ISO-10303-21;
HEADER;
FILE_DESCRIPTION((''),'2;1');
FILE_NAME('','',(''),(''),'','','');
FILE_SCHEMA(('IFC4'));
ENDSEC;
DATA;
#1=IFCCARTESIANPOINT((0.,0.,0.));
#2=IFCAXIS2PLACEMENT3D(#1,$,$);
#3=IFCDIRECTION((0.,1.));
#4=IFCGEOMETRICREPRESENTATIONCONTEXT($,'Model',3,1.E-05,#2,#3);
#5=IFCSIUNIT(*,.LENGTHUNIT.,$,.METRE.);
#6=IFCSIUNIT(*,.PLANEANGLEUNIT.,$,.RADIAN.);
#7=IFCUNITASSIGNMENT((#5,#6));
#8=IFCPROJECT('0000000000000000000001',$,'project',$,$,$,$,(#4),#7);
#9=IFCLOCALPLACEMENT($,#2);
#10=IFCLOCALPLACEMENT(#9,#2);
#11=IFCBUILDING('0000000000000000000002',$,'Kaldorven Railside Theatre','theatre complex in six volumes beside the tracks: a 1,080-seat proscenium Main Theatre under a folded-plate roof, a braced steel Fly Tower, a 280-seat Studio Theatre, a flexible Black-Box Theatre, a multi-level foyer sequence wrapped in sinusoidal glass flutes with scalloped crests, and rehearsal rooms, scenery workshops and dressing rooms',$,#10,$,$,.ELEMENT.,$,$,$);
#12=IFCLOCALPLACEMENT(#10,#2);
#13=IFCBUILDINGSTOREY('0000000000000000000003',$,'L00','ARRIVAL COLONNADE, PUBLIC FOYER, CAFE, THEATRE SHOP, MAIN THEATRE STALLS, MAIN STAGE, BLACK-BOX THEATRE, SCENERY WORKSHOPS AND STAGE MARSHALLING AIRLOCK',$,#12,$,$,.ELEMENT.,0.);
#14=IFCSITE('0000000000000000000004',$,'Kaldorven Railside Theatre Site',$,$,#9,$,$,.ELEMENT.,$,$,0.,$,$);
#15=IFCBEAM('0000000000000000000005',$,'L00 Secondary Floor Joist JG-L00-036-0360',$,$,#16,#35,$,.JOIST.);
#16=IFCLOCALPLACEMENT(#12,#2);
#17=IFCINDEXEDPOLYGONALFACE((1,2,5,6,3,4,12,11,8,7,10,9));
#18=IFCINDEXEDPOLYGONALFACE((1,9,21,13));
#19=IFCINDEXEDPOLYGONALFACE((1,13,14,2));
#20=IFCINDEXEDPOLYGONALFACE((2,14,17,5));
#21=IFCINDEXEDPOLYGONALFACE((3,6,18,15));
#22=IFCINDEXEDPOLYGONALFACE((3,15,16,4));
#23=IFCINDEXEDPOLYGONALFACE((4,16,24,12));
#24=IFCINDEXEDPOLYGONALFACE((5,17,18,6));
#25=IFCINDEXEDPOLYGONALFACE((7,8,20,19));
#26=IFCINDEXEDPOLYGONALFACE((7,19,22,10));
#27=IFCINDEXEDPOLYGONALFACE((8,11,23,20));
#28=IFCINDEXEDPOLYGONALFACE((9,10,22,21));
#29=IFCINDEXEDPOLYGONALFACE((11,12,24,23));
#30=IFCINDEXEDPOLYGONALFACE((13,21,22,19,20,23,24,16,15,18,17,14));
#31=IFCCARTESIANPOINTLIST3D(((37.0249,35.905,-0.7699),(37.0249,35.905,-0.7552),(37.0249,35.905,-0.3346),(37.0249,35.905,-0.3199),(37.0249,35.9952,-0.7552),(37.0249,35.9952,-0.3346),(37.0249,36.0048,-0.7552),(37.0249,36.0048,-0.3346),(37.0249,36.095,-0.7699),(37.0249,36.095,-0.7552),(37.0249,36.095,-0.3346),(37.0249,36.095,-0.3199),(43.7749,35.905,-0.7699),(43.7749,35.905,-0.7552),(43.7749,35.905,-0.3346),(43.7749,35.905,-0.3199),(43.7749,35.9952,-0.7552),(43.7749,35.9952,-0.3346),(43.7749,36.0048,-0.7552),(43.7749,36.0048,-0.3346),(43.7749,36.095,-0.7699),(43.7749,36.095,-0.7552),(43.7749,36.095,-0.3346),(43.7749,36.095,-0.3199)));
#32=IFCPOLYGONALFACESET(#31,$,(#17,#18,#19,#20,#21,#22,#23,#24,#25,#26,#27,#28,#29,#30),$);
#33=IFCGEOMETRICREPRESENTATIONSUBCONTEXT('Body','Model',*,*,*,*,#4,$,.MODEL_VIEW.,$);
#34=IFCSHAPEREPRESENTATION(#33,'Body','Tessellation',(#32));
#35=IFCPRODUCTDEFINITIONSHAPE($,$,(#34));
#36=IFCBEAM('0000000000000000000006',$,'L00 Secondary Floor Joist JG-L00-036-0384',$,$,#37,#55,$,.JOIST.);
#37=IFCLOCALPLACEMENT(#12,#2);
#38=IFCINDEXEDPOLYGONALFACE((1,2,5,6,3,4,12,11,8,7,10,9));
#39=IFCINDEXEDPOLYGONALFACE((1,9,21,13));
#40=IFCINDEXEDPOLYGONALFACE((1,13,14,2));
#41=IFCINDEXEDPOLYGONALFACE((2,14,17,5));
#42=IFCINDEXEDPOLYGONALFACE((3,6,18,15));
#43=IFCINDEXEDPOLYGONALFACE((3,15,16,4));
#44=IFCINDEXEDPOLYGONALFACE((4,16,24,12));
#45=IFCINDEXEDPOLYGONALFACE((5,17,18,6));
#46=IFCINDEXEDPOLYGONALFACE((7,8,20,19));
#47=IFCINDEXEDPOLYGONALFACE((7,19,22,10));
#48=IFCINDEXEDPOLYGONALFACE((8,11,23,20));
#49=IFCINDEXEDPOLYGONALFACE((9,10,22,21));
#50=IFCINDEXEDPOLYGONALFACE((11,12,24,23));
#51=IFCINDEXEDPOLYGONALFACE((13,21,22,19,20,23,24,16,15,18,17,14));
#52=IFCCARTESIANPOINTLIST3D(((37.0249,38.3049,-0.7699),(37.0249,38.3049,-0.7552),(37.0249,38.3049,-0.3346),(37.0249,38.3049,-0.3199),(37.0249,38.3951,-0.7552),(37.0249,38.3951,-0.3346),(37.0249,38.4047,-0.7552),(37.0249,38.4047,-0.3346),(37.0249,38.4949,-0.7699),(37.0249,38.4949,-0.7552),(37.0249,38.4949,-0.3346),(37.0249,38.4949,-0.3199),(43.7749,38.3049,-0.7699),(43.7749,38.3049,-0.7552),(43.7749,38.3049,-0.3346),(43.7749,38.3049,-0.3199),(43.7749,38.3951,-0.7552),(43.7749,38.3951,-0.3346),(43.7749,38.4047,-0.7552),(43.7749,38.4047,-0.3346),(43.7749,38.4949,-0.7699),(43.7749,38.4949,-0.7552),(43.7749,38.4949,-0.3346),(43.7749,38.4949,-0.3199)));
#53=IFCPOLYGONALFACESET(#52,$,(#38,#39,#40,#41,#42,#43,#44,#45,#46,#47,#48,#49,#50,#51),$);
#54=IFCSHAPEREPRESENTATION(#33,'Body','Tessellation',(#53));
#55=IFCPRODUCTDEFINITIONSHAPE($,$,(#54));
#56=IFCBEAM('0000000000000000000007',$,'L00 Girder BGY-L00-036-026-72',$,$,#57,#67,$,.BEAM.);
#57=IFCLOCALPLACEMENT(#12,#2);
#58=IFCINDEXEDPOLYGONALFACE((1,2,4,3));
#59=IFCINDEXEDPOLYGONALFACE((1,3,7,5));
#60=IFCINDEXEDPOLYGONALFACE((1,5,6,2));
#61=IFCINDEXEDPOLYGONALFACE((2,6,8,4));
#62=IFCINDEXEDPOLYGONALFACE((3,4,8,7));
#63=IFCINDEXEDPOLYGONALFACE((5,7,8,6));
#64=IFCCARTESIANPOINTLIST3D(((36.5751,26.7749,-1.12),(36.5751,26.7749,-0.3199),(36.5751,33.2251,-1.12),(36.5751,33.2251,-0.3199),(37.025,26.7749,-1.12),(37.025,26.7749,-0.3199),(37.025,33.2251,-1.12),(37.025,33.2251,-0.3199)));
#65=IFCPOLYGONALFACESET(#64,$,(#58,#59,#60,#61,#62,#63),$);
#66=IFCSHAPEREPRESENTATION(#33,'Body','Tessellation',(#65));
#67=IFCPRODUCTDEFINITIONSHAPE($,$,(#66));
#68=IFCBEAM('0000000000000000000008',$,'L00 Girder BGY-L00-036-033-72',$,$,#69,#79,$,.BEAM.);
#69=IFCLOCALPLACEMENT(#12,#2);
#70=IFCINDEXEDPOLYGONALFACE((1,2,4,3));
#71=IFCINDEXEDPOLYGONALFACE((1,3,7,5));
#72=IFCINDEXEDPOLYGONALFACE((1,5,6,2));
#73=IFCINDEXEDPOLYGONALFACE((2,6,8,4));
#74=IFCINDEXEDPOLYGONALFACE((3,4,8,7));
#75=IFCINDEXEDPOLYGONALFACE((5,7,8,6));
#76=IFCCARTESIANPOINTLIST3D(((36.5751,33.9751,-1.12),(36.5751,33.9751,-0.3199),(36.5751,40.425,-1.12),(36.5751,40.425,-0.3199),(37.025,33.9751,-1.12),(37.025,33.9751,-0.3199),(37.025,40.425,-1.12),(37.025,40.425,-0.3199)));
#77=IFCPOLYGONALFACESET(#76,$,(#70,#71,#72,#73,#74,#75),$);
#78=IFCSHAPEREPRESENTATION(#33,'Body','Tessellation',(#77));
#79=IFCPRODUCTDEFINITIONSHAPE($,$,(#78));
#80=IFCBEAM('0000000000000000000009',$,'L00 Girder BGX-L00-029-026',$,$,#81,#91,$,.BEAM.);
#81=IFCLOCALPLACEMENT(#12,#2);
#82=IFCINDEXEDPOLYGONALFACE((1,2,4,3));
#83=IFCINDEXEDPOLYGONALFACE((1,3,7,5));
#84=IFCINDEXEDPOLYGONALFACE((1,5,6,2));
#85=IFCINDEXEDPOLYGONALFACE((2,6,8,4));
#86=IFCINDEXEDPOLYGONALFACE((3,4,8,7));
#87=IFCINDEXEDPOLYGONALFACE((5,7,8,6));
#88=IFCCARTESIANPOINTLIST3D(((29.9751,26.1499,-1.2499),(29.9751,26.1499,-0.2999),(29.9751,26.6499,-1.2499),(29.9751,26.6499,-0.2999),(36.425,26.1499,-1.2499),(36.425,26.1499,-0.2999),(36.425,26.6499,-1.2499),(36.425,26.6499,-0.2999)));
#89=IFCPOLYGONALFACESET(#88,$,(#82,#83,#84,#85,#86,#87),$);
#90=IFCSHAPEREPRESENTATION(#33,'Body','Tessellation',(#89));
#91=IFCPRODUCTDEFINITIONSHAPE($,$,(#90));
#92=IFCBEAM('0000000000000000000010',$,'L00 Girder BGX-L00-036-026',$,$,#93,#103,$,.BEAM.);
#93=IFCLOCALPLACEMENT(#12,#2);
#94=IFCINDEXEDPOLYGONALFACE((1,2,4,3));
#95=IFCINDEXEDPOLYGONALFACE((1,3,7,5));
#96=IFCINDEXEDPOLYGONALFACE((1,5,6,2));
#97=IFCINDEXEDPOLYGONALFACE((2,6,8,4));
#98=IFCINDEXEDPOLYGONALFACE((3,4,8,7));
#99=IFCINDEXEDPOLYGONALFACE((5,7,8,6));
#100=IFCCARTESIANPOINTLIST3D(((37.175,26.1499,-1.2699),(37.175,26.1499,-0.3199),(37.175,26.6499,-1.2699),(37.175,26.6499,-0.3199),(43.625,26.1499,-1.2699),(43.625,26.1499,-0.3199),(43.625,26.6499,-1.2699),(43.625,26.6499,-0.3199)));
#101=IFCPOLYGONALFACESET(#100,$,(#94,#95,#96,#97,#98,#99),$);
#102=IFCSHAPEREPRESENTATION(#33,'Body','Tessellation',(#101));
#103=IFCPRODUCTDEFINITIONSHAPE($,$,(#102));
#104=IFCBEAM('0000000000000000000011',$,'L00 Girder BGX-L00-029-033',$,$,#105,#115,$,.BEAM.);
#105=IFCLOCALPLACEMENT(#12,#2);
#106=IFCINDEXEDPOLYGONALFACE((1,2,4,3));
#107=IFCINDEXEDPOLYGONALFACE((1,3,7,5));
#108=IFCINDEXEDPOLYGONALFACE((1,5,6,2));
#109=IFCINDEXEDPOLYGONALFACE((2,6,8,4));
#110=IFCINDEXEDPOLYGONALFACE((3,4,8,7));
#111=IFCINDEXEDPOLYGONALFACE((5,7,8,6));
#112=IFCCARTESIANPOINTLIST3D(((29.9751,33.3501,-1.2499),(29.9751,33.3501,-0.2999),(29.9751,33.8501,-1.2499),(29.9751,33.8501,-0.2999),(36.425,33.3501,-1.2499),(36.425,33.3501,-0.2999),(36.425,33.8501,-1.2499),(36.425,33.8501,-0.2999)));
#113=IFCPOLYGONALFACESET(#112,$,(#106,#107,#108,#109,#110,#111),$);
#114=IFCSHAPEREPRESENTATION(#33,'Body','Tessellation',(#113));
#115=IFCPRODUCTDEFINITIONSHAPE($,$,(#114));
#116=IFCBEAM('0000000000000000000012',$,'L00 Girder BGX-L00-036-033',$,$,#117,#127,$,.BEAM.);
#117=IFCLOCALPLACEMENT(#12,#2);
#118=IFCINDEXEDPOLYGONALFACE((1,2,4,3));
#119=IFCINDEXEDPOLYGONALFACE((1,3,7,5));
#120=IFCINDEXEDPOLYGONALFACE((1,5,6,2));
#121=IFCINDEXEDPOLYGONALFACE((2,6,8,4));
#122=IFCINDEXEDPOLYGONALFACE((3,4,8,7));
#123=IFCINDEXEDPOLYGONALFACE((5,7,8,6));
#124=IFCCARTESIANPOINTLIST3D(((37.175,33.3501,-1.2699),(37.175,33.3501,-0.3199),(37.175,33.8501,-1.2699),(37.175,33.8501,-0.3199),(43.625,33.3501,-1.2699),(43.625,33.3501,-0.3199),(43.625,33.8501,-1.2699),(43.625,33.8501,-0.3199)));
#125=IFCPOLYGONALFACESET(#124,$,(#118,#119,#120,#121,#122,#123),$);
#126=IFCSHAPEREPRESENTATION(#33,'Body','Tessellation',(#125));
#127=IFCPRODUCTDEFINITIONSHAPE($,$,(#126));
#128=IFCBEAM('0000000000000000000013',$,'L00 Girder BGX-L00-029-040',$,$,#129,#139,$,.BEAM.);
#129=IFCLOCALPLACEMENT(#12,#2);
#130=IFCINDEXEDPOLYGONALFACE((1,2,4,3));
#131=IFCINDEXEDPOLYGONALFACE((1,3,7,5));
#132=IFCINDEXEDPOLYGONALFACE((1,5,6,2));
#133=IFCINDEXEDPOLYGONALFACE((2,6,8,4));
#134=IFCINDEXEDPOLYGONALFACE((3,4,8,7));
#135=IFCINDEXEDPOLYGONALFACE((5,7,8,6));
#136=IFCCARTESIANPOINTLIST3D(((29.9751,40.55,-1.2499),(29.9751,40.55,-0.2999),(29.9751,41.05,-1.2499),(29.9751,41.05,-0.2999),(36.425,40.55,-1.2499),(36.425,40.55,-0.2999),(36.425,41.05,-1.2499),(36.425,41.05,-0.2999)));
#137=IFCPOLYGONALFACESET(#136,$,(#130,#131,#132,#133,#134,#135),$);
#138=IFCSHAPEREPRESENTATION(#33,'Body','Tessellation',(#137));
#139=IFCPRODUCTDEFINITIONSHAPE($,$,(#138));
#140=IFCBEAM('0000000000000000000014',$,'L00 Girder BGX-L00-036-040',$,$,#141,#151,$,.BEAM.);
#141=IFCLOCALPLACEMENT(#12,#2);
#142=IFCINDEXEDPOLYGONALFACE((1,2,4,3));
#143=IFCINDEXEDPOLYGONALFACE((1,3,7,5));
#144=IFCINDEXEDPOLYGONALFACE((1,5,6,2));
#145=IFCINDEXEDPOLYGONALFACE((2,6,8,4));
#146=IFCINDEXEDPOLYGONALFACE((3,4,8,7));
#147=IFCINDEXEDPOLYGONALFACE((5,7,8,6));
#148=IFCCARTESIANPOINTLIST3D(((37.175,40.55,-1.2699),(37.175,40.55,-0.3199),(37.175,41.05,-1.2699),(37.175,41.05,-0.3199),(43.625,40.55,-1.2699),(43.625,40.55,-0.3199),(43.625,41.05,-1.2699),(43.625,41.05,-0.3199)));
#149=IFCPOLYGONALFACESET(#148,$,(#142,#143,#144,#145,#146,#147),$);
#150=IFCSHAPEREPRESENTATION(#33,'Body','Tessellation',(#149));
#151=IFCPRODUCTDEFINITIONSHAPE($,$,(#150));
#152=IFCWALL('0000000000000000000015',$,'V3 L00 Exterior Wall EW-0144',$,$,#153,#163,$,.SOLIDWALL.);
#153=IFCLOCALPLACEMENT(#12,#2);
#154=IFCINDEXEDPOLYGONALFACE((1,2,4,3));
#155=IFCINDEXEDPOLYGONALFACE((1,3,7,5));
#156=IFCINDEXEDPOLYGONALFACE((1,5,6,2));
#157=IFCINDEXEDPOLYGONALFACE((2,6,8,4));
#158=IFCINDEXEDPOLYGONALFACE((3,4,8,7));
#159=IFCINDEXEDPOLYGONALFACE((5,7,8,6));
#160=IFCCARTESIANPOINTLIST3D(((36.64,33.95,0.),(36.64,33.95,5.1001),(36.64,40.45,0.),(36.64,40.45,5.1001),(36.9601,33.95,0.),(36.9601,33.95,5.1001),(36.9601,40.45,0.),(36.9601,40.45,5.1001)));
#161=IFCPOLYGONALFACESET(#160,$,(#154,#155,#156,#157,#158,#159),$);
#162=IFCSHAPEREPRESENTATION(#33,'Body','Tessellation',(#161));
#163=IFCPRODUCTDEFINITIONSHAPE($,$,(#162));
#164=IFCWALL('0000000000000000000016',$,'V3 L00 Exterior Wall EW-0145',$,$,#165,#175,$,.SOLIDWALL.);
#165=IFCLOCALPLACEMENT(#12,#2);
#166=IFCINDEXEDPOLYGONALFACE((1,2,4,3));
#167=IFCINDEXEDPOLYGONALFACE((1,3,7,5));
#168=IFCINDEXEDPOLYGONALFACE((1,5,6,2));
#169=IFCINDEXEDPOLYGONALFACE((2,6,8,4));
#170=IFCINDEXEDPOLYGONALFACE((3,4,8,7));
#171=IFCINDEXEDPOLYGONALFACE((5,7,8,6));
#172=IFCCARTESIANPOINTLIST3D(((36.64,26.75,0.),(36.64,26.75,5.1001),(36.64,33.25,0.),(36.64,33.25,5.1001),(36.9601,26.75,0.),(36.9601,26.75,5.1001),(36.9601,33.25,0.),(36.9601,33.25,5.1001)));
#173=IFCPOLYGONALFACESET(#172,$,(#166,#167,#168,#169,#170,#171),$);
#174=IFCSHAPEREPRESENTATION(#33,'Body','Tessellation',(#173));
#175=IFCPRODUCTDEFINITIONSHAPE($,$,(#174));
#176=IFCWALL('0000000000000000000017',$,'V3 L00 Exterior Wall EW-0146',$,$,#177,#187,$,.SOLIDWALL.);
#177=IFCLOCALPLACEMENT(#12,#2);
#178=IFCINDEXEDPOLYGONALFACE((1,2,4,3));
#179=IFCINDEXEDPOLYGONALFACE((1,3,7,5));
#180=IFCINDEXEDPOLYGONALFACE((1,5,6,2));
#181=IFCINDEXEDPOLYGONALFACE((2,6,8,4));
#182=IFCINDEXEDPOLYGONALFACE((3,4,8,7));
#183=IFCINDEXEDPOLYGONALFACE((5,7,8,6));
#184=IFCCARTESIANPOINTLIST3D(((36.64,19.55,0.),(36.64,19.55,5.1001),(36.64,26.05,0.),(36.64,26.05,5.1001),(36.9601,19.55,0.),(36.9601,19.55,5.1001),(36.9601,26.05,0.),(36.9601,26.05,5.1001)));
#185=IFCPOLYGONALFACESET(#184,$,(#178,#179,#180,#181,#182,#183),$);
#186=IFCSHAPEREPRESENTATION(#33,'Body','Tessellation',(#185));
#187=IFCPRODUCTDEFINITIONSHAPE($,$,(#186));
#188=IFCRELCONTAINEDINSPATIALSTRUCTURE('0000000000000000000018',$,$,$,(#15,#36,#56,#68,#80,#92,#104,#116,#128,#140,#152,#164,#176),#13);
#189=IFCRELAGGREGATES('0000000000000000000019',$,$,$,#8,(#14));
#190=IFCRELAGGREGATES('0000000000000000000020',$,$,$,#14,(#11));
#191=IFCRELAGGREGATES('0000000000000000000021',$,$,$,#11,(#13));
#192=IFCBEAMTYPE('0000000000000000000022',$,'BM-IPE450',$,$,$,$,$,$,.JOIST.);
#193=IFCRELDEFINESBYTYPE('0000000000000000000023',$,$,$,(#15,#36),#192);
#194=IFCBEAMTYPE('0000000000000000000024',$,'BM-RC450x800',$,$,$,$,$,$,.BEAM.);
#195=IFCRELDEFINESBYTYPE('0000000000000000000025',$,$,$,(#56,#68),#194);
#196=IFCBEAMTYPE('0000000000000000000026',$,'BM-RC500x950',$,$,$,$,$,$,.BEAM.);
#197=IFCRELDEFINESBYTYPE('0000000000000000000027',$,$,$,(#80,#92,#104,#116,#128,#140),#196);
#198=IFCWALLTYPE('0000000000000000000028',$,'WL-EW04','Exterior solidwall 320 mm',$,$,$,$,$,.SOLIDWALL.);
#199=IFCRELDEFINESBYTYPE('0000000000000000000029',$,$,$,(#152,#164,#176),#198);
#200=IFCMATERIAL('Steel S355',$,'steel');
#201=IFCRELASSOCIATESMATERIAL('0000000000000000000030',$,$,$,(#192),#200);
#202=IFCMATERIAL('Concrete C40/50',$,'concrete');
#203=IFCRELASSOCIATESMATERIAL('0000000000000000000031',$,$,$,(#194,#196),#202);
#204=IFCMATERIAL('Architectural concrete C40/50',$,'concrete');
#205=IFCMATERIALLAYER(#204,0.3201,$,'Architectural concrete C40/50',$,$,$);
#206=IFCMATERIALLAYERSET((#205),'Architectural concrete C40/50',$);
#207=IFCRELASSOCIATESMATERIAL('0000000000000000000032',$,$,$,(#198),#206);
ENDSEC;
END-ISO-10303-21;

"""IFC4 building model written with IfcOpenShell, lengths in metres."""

from ifc_helpers import new_model, si_unit, direction, frame, frame_2d, origin, origin_2d, place, context, subcontext, project, spatial, rectangle, i_section, extrude, material, layer, layer_set, material_profile, profile_set, type_object, element, save


model = new_model("IFC4")

# Units and contexts
model_context = context("Model", 3, precision=1e-05, world=origin(), true_north=direction((0.0, 1.0)))
body_context = subcontext(model_context, "Body", "Model", "MODEL_VIEW")
ifc_project = project(units=[si_unit("LENGTHUNIT", "METRE"), si_unit("PLANEANGLEUNIT", "RADIAN")], contexts=[model_context])

# Site, building, storey
site_placement = place(None, origin())
site = spatial("IfcSite", under=ifc_project, at=site_placement, Name="Kaldorven Railside Theatre Site", CompositionType="ELEMENT", RefElevation=0.0)
building_placement = place(site_placement, origin())
building = spatial("IfcBuilding", under=site, at=building_placement, Name="Kaldorven Railside Theatre", Description="theatre complex in six volumes beside the tracks: a 1,080-seat proscenium Main Theatre under a folded-plate roof, a braced steel Fly Tower, a 280-seat Studio Theatre, a flexible Black-Box Theatre, a multi-level foyer sequence wrapped in sinusoidal glass flutes with scalloped crests, and rehearsal rooms, scenery workshops and dressing rooms", CompositionType="ELEMENT")
storey_placement = place(building_placement, origin())
storey = spatial("IfcBuildingStorey", under=building, at=storey_placement, Name="L00", Description="ARRIVAL COLONNADE, PUBLIC FOYER, CAFE, THEATRE SHOP, MAIN THEATRE STALLS, MAIN STAGE, BLACK-BOX THEATRE, SCENERY WORKSHOPS AND STAGE MARSHALLING AIRLOCK", CompositionType="ELEMENT", Elevation=0.0)

# Shared definitions
ifc_material_1 = material(Name="Concrete C40/50", Category="concrete")

# Beams
ifc_material_2 = material(Name="Steel S355", Category="steel")
ifc_material_profile_1 = material_profile(ifc_material_2, i_section(OverallWidth=0.1899, OverallDepth=0.45, WebThickness=0.0095, FlangeThickness=0.0146, at=origin_2d()), Name="IPE 450")
ifc_profile_set_1 = profile_set([ifc_material_profile_1], Name="Steel S355")
beam_type_1 = type_object("IfcBeamType", Name="BM-IPE450", PredefinedType="JOIST", material=ifc_profile_set_1)
for number, where, z_axis, x_axis, name in (
    (1, (37.0249, 36.0, -0.5449), (1.0, 0.0, 0.0), (0.0, 1.0, 0.0), "L00 Secondary Floor Joist JG-L00-036-0360"),
    (2, (37.0249, 38.3999, -0.5449), (1.0, 0.0, 0.0), (0.0, 1.0, 0.0), "L00 Secondary Floor Joist JG-L00-036-0384"),
):
    element("IfcBeam", number, at=place(storey_placement, frame(where, z_axis=z_axis, x_axis=x_axis)), inside=storey, type_object=beam_type_1, Name=name, PredefinedType="JOIST", context=body_context, shape_type="SweptSolid", body=[
        extrude(i_section(OverallWidth=0.1899, OverallDepth=0.45, WebThickness=0.0095, FlangeThickness=0.0146, at=origin_2d()), origin(), (0.0, 0.0, 1.0), 6.75),
    ])
ifc_material_profile_2 = material_profile(ifc_material_1, rectangle(XDim=0.45, YDim=0.8, at=origin_2d()), Name="RC 450x800")
ifc_profile_set_2 = profile_set([ifc_material_profile_2], Name="Concrete C40/50")
beam_type_2 = type_object("IfcBeamType", Name="BM-RC450x800", PredefinedType="BEAM", material=ifc_profile_set_2)
beam_1_placement = place(storey_placement, frame((36.8, 26.7749, -0.72), z_axis=(0.0, 1.0, 0.0), x_axis=(-1.0, 0.0, 0.0)))
element("IfcBeam", 3, at=beam_1_placement, inside=storey, type_object=beam_type_2, Name="L00 Girder BGY-L00-036-026-72", PredefinedType="BEAM", context=body_context, shape_type="SweptSolid", body=[
    extrude(rectangle(XDim=0.45, YDim=0.8, at=origin_2d()), origin(), (0.0, 0.0, 1.0), 6.4502),
])
beam_2_placement = place(storey_placement, frame((36.8, 33.9751, -0.72), z_axis=(0.0, 1.0, 0.0), x_axis=(-1.0, 0.0, 0.0)))
element("IfcBeam", 4, at=beam_2_placement, inside=storey, type_object=beam_type_2, Name="L00 Girder BGY-L00-036-033-72", PredefinedType="BEAM", context=body_context, shape_type="SweptSolid", body=[
    extrude(rectangle(XDim=0.45, YDim=0.8, at=origin_2d()), origin(), (0.0, 0.0, 1.0), 6.45),
])
ifc_material_profile_3 = material_profile(ifc_material_1, rectangle(XDim=0.5, YDim=0.95, at=origin_2d()), Name="RC 500x950")
ifc_profile_set_3 = profile_set([ifc_material_profile_3], Name="Concrete C40/50")
beam_type_3 = type_object("IfcBeamType", Name="BM-RC500x950", PredefinedType="BEAM", material=ifc_profile_set_3)
for number, where, z_axis, x_axis, name in (
    (5, (29.9751, 26.3999, -0.7749), (1.0, 0.0, 0.0), (0.0, 1.0, 0.0), "L00 Girder BGX-L00-029-026"),
    (6, (37.175, 26.3999, -0.7949), (1.0, 0.0, 0.0), (0.0, 1.0, 0.0), "L00 Girder BGX-L00-036-026"),
    (7, (29.9751, 33.6001, -0.7749), (1.0, 0.0, 0.0), (0.0, 1.0, 0.0), "L00 Girder BGX-L00-029-033"),
    (8, (37.175, 33.6001, -0.7949), (1.0, 0.0, 0.0), (0.0, 1.0, 0.0), "L00 Girder BGX-L00-036-033"),
    (9, (29.9751, 40.8, -0.7749), (1.0, 0.0, 0.0), (0.0, 1.0, 0.0), "L00 Girder BGX-L00-029-040"),
    (10, (37.175, 40.8, -0.7949), (1.0, 0.0, 0.0), (0.0, 1.0, 0.0), "L00 Girder BGX-L00-036-040"),
):
    element("IfcBeam", number, at=place(storey_placement, frame(where, z_axis=z_axis, x_axis=x_axis)), inside=storey, type_object=beam_type_3, Name=name, PredefinedType="BEAM", context=body_context, shape_type="SweptSolid", body=[
        extrude(rectangle(XDim=0.5, YDim=0.95, at=origin_2d()), origin(), (0.0, 0.0, 1.0), 6.45),
    ])

# Walls
ifc_material_3 = material(Name="Architectural concrete C40/50", Category="concrete")
ifc_layer_1 = layer(ifc_material_3, 0.3201, Name="Architectural concrete C40/50")
ifc_layer_set_1 = layer_set([ifc_layer_1], Name="Architectural concrete C40/50")
wall_type_1 = type_object("IfcWallType", Name="WL-EW04", Description="Exterior solidwall 320 mm", PredefinedType="SOLIDWALL", material=ifc_layer_set_1)
for number, where, z_axis, x_axis, name in (
    (11, (36.8, 40.45, 0.0), (0.0, 0.0, 1.0), (0.0, -1.0, 0.0), "V3 L00 Exterior Wall EW-0144"),
    (12, (36.8, 33.25, 0.0), (0.0, 0.0, 1.0), (0.0, -1.0, 0.0), "V3 L00 Exterior Wall EW-0145"),
    (13, (36.8, 26.05, 0.0), (0.0, 0.0, 1.0), (0.0, -1.0, 0.0), "V3 L00 Exterior Wall EW-0146"),
):
    element("IfcWall", number, at=place(storey_placement, frame(where, z_axis=z_axis, x_axis=x_axis)), inside=storey, type_object=wall_type_1, Name=name, PredefinedType="SOLIDWALL", context=body_context, shape_type="SweptSolid", body=[
        extrude(rectangle(XDim=6.5, YDim=0.3201, at=frame_2d((3.25, 0.0))), origin(), (0.0, 0.0, 1.0), 5.1001),
    ])

save(model, "model.ifc")
